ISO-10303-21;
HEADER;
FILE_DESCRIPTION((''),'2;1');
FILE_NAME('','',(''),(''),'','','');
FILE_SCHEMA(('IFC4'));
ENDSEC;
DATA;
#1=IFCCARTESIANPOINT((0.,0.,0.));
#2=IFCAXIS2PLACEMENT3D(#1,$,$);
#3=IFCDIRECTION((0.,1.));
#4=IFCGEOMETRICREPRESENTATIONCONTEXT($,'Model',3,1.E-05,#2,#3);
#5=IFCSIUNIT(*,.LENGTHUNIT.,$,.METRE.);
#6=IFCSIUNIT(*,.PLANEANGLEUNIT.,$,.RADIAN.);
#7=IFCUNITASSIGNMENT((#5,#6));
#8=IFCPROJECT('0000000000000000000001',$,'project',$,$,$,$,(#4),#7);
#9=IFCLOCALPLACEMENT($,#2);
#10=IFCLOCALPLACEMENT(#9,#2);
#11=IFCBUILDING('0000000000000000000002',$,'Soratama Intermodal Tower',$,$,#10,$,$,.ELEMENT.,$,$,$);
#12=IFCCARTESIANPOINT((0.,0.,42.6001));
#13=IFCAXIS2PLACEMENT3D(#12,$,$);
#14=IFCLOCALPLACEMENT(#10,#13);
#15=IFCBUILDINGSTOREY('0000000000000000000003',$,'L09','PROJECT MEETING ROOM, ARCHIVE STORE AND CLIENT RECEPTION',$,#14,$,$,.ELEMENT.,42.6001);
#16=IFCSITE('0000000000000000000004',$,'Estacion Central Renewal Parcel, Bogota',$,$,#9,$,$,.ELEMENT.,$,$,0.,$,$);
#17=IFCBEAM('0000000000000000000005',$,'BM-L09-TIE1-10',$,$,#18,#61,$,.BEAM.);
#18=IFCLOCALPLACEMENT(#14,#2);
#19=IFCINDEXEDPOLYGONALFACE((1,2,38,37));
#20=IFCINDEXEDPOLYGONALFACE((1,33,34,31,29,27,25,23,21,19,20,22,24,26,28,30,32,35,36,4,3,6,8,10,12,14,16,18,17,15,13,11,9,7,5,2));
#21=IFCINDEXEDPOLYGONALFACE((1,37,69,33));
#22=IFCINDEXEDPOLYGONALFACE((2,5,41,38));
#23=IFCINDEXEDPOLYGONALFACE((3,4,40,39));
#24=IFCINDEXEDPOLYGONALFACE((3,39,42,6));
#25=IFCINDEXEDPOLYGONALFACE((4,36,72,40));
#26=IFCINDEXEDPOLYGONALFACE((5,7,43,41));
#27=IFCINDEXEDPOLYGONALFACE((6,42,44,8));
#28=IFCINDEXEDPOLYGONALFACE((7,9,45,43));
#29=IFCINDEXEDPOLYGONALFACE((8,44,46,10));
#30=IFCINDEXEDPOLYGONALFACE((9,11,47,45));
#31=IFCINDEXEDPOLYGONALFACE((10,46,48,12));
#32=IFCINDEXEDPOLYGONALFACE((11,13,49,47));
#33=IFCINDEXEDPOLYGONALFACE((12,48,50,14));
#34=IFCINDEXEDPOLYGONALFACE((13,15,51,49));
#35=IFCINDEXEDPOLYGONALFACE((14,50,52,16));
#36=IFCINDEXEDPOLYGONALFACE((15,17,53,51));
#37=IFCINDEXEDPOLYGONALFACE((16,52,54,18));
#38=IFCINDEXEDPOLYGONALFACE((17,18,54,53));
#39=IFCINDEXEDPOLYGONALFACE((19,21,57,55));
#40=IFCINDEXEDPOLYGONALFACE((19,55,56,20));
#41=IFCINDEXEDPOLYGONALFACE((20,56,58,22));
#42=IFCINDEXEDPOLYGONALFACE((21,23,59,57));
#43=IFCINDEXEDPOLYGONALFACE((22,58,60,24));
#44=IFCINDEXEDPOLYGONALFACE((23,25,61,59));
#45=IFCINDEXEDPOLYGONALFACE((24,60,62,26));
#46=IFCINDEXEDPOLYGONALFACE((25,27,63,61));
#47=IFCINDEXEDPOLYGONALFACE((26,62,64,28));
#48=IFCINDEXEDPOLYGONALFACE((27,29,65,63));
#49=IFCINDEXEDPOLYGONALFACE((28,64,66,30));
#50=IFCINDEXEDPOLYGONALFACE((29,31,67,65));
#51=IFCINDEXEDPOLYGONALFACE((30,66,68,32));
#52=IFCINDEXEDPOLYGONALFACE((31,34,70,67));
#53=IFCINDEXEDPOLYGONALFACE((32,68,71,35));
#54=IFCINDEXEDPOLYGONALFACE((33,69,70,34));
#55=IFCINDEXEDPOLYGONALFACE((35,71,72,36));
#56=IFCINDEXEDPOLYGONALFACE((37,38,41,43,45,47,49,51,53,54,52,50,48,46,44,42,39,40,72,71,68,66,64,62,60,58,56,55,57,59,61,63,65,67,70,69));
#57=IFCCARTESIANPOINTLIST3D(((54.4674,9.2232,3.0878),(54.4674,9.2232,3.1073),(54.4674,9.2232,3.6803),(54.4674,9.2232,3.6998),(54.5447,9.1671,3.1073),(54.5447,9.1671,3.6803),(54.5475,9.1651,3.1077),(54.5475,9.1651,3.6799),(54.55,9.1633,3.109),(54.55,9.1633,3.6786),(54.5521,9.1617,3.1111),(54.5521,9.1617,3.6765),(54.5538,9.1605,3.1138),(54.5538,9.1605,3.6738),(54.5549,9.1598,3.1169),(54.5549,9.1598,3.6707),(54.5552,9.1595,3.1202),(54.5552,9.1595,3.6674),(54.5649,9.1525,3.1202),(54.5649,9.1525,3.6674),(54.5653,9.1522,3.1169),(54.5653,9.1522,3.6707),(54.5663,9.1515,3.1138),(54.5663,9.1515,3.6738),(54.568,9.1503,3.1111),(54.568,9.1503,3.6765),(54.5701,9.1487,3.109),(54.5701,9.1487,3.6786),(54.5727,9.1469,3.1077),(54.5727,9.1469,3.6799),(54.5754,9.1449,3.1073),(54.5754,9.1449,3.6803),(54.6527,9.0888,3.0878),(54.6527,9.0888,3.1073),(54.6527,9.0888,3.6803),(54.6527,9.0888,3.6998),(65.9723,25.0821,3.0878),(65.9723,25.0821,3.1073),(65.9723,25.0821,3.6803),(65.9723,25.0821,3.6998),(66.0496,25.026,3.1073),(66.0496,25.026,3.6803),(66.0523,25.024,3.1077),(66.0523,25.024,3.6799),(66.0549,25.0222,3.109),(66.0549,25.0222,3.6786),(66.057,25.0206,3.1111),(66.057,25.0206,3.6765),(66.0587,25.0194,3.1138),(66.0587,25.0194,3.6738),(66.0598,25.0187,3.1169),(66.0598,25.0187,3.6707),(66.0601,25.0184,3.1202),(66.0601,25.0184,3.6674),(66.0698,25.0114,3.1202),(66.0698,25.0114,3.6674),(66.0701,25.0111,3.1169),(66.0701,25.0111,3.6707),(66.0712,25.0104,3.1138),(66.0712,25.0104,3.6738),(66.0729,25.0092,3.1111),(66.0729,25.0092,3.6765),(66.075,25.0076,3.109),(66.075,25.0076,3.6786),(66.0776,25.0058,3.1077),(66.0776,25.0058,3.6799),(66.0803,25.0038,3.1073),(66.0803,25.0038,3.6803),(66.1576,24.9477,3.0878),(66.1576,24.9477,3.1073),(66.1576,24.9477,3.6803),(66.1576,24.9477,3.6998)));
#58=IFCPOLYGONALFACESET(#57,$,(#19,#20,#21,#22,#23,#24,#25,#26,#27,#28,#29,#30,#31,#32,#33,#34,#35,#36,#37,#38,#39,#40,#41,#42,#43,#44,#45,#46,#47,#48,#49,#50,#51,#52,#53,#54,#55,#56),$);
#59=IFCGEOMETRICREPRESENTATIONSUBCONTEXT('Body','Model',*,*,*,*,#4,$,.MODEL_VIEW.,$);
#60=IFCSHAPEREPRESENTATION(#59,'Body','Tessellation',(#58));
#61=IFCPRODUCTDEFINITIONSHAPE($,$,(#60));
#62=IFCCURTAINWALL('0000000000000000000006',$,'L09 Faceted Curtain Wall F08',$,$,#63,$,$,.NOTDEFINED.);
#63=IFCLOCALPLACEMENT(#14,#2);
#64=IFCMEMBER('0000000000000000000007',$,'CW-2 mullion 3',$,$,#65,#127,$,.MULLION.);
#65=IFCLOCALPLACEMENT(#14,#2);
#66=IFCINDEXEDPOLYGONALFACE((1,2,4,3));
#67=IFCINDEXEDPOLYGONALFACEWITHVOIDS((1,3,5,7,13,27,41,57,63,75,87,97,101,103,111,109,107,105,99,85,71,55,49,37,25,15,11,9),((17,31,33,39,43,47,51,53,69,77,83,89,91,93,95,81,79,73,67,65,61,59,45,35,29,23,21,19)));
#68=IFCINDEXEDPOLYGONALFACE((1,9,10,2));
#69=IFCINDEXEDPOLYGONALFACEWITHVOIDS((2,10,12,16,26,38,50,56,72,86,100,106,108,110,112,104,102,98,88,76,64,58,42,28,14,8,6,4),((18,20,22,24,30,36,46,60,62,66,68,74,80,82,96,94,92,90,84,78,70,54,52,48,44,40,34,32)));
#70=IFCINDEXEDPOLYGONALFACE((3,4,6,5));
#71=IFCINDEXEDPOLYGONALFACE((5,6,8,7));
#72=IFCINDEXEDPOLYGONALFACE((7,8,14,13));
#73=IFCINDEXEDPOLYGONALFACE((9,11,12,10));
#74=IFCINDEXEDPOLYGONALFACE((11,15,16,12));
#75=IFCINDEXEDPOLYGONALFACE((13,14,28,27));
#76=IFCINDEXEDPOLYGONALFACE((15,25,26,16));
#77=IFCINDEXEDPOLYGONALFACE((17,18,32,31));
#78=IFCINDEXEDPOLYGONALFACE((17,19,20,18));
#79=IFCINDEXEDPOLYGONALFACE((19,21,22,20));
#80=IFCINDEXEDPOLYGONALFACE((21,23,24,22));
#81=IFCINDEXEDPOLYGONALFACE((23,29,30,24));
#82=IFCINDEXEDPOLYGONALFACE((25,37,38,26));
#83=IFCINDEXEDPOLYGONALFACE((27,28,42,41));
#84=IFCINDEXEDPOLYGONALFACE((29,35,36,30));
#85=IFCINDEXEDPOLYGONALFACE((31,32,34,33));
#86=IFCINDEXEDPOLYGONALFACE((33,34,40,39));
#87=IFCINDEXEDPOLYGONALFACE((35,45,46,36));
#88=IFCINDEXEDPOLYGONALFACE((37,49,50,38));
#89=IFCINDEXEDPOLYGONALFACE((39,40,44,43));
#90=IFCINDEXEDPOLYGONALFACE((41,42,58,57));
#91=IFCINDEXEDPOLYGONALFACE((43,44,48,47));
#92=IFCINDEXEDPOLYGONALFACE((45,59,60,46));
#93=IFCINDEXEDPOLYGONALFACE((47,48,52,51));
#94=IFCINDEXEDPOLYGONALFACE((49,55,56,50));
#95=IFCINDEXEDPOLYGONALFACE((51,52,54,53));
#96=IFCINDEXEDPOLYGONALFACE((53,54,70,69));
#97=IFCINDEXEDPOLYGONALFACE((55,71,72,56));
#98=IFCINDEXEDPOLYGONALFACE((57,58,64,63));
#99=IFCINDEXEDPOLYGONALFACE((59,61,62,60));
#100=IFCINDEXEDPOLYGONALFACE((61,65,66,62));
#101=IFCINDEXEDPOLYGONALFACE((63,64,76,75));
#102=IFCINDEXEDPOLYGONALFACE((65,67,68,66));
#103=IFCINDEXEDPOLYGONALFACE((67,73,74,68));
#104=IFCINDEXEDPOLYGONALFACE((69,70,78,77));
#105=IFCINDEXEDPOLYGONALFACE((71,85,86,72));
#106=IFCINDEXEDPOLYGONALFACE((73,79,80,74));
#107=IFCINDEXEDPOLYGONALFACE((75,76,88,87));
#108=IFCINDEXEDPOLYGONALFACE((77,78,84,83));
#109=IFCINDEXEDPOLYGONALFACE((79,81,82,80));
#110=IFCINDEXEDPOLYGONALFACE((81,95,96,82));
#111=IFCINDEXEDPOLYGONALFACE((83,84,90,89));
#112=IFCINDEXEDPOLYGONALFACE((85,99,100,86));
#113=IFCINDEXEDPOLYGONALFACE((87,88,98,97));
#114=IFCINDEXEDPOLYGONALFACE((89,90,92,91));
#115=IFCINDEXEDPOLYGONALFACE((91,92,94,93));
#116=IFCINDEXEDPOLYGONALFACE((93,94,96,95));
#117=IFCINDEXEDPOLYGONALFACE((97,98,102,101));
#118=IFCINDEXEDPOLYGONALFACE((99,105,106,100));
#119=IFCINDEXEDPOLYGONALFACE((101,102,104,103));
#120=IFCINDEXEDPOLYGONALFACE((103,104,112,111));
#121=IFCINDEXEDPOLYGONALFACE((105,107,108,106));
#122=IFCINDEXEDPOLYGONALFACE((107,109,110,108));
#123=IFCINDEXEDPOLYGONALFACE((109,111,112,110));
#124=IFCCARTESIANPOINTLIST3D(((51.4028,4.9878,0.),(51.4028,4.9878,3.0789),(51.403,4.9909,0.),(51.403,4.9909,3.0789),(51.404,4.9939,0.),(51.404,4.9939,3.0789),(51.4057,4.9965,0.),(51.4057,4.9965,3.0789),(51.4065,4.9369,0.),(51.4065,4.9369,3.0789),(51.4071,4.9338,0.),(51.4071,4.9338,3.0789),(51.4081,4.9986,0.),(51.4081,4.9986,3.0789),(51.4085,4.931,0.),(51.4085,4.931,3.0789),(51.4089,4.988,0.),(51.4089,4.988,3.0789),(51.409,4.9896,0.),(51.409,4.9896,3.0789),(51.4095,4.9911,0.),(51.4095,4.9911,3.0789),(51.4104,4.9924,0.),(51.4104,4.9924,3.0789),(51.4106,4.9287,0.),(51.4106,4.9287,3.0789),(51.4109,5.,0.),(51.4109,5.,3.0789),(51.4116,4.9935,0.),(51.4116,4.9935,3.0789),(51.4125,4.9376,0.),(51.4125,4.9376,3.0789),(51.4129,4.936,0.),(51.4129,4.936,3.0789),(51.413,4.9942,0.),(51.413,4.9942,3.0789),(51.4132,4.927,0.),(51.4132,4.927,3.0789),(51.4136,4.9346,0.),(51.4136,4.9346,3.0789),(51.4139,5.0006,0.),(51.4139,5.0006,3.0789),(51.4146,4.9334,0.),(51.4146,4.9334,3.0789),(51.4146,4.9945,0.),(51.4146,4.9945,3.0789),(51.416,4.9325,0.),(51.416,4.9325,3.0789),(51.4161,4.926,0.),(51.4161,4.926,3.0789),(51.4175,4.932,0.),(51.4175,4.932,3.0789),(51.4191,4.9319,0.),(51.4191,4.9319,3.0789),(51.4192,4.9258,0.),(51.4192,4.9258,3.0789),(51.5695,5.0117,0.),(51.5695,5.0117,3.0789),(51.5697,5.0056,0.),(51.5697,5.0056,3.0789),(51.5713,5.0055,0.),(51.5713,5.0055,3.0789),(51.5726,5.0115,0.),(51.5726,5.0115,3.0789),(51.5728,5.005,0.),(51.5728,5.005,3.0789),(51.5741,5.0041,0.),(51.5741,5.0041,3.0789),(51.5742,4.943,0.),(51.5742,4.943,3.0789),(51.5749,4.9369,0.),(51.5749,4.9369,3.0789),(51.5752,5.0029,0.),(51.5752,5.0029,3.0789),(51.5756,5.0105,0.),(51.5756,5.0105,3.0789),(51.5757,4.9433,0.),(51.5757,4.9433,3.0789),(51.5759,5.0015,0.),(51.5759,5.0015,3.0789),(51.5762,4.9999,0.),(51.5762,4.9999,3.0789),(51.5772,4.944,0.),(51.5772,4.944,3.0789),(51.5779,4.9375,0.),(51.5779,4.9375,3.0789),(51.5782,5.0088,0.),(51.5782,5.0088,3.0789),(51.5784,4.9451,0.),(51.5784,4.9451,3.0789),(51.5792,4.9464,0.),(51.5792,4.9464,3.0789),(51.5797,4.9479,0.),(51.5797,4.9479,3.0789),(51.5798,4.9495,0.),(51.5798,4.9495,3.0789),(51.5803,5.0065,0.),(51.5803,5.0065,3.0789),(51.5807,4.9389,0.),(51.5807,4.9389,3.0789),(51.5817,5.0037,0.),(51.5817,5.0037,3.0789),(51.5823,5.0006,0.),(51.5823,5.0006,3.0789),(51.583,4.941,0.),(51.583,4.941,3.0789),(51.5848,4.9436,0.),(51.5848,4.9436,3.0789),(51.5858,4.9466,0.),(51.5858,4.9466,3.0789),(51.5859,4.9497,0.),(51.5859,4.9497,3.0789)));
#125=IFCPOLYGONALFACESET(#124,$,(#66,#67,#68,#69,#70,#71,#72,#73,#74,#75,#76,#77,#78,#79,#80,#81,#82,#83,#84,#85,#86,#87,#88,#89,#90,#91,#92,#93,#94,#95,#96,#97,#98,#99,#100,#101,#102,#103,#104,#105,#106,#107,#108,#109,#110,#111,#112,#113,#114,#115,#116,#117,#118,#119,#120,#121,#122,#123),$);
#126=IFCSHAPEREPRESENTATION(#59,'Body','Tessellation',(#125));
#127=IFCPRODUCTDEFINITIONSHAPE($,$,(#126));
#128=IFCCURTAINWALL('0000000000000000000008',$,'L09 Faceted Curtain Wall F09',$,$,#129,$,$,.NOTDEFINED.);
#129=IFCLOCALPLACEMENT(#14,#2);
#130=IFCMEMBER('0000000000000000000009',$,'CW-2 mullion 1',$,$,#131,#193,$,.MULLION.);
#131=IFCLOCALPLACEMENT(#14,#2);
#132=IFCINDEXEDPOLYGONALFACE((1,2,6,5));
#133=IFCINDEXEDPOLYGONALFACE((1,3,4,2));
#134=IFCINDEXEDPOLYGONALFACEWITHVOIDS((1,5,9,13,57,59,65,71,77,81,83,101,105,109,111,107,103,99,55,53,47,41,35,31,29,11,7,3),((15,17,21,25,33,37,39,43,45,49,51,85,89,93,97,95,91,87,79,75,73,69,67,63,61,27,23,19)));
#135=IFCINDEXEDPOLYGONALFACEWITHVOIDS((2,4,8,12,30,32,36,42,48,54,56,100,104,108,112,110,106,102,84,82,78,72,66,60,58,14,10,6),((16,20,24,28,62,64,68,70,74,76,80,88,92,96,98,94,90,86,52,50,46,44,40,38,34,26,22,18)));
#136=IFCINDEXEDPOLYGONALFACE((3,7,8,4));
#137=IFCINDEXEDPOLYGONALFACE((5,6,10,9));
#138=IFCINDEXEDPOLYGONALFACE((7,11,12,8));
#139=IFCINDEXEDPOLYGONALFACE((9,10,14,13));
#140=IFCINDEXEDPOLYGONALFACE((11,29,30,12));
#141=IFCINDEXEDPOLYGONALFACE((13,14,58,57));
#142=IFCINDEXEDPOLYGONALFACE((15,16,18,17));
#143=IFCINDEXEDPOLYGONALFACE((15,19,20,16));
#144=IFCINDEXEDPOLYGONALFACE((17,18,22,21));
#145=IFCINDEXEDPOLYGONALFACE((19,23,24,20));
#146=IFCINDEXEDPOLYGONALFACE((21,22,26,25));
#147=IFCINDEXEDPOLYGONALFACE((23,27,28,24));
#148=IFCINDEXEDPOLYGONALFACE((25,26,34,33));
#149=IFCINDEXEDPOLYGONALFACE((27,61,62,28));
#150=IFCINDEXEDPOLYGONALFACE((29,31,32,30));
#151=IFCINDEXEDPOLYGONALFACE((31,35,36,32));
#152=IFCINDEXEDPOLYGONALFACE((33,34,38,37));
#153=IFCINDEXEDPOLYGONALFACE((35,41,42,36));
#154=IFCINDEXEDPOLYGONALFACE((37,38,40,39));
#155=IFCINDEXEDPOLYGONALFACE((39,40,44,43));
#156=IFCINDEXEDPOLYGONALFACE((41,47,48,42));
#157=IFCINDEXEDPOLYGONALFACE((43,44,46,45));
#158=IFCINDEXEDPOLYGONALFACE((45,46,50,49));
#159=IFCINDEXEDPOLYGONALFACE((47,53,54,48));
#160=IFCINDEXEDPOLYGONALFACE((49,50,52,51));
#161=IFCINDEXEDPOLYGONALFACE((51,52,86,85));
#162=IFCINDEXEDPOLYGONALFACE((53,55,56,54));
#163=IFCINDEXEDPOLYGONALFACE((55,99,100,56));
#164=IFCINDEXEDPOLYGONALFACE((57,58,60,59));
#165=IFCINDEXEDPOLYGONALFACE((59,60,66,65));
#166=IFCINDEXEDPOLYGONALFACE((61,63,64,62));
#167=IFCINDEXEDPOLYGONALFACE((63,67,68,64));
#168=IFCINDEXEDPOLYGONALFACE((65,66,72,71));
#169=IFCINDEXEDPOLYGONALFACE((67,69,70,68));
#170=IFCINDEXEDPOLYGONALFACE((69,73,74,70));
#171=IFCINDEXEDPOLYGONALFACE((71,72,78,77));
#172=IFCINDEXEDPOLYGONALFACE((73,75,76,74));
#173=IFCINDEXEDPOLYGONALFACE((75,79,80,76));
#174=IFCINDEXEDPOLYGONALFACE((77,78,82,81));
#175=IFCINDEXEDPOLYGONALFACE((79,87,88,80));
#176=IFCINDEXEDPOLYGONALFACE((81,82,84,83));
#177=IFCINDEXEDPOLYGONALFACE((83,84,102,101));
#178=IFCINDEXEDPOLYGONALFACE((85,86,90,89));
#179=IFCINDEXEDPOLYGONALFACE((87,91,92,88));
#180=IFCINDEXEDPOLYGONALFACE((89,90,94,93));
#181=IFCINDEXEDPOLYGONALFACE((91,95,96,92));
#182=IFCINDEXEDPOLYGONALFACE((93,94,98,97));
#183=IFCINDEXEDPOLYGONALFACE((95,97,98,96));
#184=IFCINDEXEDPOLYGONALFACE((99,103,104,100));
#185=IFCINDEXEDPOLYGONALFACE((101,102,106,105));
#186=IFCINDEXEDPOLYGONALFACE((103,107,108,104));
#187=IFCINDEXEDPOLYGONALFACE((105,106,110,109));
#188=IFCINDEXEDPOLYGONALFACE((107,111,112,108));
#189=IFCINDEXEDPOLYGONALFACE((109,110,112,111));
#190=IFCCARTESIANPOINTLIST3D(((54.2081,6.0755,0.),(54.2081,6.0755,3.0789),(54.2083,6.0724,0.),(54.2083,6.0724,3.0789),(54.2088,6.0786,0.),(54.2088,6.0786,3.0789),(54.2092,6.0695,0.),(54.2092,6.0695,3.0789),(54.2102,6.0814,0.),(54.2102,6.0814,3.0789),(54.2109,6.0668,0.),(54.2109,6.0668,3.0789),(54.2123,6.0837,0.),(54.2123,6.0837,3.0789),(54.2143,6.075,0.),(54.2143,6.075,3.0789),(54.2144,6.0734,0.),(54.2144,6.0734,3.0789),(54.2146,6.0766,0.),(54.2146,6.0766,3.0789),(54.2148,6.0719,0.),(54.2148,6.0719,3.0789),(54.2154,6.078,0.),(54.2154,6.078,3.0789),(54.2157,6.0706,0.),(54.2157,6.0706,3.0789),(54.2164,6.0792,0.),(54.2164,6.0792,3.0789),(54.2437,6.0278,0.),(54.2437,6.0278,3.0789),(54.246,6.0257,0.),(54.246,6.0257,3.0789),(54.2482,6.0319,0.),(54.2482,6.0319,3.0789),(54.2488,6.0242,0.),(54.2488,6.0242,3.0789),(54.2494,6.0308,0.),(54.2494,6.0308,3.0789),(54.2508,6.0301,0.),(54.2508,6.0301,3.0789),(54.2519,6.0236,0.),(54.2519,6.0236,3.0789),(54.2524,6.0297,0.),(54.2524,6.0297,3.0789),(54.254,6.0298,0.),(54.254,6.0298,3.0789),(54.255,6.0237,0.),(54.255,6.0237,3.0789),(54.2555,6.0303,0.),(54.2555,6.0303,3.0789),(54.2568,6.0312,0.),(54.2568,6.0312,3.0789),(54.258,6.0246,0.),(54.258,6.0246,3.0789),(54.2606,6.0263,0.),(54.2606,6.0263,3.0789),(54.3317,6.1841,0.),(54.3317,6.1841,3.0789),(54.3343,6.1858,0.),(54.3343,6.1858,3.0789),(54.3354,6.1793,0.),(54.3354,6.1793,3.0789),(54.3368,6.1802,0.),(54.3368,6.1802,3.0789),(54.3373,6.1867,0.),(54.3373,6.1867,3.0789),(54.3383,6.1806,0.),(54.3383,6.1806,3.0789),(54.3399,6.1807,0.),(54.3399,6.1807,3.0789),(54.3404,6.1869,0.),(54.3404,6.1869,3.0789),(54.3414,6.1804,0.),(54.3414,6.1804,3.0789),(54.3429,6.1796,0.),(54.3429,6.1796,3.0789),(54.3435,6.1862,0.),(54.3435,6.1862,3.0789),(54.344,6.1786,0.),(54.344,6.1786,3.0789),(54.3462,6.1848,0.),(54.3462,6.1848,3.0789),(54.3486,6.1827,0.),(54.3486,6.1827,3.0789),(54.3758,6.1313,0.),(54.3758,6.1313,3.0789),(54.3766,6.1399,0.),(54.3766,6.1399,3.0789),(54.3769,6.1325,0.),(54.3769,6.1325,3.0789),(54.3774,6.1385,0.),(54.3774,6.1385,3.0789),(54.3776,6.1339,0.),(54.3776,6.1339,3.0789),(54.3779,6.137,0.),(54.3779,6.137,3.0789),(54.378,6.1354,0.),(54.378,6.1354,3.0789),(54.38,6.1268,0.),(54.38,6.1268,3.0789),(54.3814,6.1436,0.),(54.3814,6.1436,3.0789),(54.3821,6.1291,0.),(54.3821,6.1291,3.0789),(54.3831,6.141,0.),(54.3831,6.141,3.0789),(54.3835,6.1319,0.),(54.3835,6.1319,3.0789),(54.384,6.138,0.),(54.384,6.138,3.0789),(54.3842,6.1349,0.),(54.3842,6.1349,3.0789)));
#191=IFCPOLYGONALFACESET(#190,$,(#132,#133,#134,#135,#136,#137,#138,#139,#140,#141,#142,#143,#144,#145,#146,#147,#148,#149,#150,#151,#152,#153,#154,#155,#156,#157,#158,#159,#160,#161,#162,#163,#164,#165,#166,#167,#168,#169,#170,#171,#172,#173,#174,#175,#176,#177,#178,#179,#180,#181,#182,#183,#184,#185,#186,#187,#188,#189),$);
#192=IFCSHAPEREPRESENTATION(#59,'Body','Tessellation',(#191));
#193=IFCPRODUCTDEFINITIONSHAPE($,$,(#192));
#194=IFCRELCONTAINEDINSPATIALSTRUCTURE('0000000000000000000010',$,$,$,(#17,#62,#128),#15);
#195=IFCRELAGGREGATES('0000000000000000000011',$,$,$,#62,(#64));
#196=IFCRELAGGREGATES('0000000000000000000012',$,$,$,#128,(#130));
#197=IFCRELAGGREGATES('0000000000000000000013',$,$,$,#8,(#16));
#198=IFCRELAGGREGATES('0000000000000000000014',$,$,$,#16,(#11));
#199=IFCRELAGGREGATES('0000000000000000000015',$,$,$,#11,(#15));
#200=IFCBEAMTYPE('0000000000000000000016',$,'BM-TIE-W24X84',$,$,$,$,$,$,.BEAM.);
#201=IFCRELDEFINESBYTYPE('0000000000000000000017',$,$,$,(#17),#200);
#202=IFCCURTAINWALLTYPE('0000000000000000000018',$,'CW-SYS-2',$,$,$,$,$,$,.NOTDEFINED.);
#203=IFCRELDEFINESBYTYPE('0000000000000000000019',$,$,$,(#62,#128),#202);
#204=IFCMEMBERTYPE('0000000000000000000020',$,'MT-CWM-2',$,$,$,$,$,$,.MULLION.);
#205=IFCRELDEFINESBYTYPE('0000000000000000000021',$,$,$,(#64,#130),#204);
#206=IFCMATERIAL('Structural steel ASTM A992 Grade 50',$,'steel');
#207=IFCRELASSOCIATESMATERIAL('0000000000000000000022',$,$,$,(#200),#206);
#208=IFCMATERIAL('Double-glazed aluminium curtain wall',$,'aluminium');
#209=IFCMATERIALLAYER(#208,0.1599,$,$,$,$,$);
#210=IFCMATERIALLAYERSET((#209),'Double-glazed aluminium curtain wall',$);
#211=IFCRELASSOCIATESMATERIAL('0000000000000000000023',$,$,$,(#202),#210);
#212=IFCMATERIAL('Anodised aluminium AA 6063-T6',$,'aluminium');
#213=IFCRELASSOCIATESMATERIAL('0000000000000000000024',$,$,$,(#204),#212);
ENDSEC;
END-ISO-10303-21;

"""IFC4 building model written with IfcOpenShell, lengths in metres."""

from ifc_helpers import new_model, si_unit, direction, frame, origin, origin_2d, place, context, subcontext, project, spatial, hollow_rectangle, i_section, extrude, material, layer, layer_set, material_profile, profile_set, type_object, element, aggregate, save


model = new_model("IFC4")

# Units and contexts
model_context = context("Model", 3, precision=1e-05, world=origin(), true_north=direction((0.0, 1.0)))
body_context = subcontext(model_context, "Body", "Model", "MODEL_VIEW")
ifc_project = project(units=[si_unit("LENGTHUNIT", "METRE"), si_unit("PLANEANGLEUNIT", "RADIAN")], contexts=[model_context])

# Site, building, storey
site_placement = place(None, origin())
site = spatial("IfcSite", under=ifc_project, at=site_placement, Name="Estacion Central Renewal Parcel, Bogota", CompositionType="ELEMENT", RefElevation=0.0)
building_placement = place(site_placement, origin())
building = spatial("IfcBuilding", under=site, at=building_placement, Name="Soratama Intermodal Tower", CompositionType="ELEMENT")
storey_placement = place(building_placement, frame((0.0, 0.0, 42.6001)))
storey = spatial("IfcBuildingStorey", under=building, at=storey_placement, Name="L09", Description="PROJECT MEETING ROOM, ARCHIVE STORE AND CLIENT RECEPTION", CompositionType="ELEMENT", Elevation=42.6001)

# Beam
ifc_material_1 = material(Name="Structural steel ASTM A992 Grade 50", Category="steel")
ifc_material_profile_1 = material_profile(ifc_material_1, i_section(OverallWidth=0.229, OverallDepth=0.6121, WebThickness=0.012, FlangeThickness=0.0195, FilletRadius=0.0129, at=origin_2d()), Name="W24X84")
ifc_profile_set_1 = profile_set([ifc_material_profile_1], Name="Structural steel ASTM A992 Grade 50")
beam_type_1 = type_object("IfcBeamType", Name="BM-TIE-W24X84", PredefinedType="BEAM", material=ifc_profile_set_1)
beam_1_placement = place(storey_placement, frame((54.5601, 9.156, 3.3938), z_axis=(0.587208, 0.809436, 0.0), x_axis=(-0.809436, 0.587208, 0.0)))
element("IfcBeam", 1, at=beam_1_placement, inside=storey, type_object=beam_type_1, Name="BM-L09-TIE1-10", PredefinedType="BEAM", context=body_context, shape_type="SweptSolid", body=[
    extrude(i_section(OverallWidth=0.229, OverallDepth=0.6121, WebThickness=0.012, FlangeThickness=0.0195, FilletRadius=0.0129, at=origin_2d()), origin(), (0.0, 0.0, 1.0), 19.5925),
])

# Curtain wall, member
ifc_material_2 = material(Name="Double-glazed aluminium curtain wall", Category="aluminium")
ifc_layer_1 = layer(ifc_material_2, 0.1599)
ifc_layer_set_1 = layer_set([ifc_layer_1], Name="Double-glazed aluminium curtain wall")
curtain_wall_type = type_object("IfcCurtainWallType", Name="CW-SYS-2", PredefinedType="NOTDEFINED", material=ifc_layer_set_1)
curtain_wall_1_placement = place(storey_placement, origin())
curtain_wall_1 = element("IfcCurtainWall", 2, at=curtain_wall_1_placement, inside=storey, type_object=curtain_wall_type, Name="L09 Faceted Curtain Wall F08", PredefinedType="NOTDEFINED")
ifc_material_3 = material(Name="Anodised aluminium AA 6063-T6", Category="aluminium")
ifc_material_profile_2 = material_profile(ifc_material_3, hollow_rectangle(XDim=0.075, YDim=0.1799, WallThickness=0.0061, InnerFilletRadius=0.0061, OuterFilletRadius=0.012, at=origin_2d()), Name="CWM180X75X6")
ifc_profile_set_2 = profile_set([ifc_material_profile_2], Name="Anodised aluminium AA 6063-T6")
member_type_1 = type_object("IfcMemberType", Name="MT-CWM-2", PredefinedType="MULLION", material=ifc_profile_set_2)
member_1_placement = place(storey_placement, frame((51.4944, 4.9688, 0.0), z_axis=(0.0, 0.0, 1.0), x_axis=(-0.071154, 0.997465, 0.0)))
member_1 = element("IfcMember", 3, at=member_1_placement, type_object=member_type_1, Name="CW-2 mullion 3", PredefinedType="MULLION", context=body_context, shape_type="SweptSolid", body=[
    extrude(hollow_rectangle(XDim=0.075, YDim=0.1799, WallThickness=0.0061, InnerFilletRadius=0.0061, OuterFilletRadius=0.012, at=origin_2d()), origin(), (0.0, 0.0, 1.0), 3.0789),
])

# Curtain wall, member
curtain_wall_2_placement = place(storey_placement, origin())
curtain_wall_2 = element("IfcCurtainWall", 4, at=curtain_wall_2_placement, inside=storey, type_object=curtain_wall_type, Name="L09 Faceted Curtain Wall F09", PredefinedType="NOTDEFINED")
member_2_placement = place(storey_placement, frame((54.2961, 6.1052, 0.0), z_axis=(0.0, 0.0, 1.0), x_axis=(-0.643853, 0.765149, 0.0)))
member_2 = element("IfcMember", 5, at=member_2_placement, type_object=member_type_1, Name="CW-2 mullion 1", PredefinedType="MULLION", context=body_context, shape_type="SweptSolid", body=[
    extrude(hollow_rectangle(XDim=0.075, YDim=0.1799, WallThickness=0.0061, InnerFilletRadius=0.0061, OuterFilletRadius=0.012, at=origin_2d()), origin(), (0.0, 0.0, 1.0), 3.0789),
])

aggregate(curtain_wall_1, [member_1])
aggregate(curtain_wall_2, [member_2])

save(model, "model.ifc")
